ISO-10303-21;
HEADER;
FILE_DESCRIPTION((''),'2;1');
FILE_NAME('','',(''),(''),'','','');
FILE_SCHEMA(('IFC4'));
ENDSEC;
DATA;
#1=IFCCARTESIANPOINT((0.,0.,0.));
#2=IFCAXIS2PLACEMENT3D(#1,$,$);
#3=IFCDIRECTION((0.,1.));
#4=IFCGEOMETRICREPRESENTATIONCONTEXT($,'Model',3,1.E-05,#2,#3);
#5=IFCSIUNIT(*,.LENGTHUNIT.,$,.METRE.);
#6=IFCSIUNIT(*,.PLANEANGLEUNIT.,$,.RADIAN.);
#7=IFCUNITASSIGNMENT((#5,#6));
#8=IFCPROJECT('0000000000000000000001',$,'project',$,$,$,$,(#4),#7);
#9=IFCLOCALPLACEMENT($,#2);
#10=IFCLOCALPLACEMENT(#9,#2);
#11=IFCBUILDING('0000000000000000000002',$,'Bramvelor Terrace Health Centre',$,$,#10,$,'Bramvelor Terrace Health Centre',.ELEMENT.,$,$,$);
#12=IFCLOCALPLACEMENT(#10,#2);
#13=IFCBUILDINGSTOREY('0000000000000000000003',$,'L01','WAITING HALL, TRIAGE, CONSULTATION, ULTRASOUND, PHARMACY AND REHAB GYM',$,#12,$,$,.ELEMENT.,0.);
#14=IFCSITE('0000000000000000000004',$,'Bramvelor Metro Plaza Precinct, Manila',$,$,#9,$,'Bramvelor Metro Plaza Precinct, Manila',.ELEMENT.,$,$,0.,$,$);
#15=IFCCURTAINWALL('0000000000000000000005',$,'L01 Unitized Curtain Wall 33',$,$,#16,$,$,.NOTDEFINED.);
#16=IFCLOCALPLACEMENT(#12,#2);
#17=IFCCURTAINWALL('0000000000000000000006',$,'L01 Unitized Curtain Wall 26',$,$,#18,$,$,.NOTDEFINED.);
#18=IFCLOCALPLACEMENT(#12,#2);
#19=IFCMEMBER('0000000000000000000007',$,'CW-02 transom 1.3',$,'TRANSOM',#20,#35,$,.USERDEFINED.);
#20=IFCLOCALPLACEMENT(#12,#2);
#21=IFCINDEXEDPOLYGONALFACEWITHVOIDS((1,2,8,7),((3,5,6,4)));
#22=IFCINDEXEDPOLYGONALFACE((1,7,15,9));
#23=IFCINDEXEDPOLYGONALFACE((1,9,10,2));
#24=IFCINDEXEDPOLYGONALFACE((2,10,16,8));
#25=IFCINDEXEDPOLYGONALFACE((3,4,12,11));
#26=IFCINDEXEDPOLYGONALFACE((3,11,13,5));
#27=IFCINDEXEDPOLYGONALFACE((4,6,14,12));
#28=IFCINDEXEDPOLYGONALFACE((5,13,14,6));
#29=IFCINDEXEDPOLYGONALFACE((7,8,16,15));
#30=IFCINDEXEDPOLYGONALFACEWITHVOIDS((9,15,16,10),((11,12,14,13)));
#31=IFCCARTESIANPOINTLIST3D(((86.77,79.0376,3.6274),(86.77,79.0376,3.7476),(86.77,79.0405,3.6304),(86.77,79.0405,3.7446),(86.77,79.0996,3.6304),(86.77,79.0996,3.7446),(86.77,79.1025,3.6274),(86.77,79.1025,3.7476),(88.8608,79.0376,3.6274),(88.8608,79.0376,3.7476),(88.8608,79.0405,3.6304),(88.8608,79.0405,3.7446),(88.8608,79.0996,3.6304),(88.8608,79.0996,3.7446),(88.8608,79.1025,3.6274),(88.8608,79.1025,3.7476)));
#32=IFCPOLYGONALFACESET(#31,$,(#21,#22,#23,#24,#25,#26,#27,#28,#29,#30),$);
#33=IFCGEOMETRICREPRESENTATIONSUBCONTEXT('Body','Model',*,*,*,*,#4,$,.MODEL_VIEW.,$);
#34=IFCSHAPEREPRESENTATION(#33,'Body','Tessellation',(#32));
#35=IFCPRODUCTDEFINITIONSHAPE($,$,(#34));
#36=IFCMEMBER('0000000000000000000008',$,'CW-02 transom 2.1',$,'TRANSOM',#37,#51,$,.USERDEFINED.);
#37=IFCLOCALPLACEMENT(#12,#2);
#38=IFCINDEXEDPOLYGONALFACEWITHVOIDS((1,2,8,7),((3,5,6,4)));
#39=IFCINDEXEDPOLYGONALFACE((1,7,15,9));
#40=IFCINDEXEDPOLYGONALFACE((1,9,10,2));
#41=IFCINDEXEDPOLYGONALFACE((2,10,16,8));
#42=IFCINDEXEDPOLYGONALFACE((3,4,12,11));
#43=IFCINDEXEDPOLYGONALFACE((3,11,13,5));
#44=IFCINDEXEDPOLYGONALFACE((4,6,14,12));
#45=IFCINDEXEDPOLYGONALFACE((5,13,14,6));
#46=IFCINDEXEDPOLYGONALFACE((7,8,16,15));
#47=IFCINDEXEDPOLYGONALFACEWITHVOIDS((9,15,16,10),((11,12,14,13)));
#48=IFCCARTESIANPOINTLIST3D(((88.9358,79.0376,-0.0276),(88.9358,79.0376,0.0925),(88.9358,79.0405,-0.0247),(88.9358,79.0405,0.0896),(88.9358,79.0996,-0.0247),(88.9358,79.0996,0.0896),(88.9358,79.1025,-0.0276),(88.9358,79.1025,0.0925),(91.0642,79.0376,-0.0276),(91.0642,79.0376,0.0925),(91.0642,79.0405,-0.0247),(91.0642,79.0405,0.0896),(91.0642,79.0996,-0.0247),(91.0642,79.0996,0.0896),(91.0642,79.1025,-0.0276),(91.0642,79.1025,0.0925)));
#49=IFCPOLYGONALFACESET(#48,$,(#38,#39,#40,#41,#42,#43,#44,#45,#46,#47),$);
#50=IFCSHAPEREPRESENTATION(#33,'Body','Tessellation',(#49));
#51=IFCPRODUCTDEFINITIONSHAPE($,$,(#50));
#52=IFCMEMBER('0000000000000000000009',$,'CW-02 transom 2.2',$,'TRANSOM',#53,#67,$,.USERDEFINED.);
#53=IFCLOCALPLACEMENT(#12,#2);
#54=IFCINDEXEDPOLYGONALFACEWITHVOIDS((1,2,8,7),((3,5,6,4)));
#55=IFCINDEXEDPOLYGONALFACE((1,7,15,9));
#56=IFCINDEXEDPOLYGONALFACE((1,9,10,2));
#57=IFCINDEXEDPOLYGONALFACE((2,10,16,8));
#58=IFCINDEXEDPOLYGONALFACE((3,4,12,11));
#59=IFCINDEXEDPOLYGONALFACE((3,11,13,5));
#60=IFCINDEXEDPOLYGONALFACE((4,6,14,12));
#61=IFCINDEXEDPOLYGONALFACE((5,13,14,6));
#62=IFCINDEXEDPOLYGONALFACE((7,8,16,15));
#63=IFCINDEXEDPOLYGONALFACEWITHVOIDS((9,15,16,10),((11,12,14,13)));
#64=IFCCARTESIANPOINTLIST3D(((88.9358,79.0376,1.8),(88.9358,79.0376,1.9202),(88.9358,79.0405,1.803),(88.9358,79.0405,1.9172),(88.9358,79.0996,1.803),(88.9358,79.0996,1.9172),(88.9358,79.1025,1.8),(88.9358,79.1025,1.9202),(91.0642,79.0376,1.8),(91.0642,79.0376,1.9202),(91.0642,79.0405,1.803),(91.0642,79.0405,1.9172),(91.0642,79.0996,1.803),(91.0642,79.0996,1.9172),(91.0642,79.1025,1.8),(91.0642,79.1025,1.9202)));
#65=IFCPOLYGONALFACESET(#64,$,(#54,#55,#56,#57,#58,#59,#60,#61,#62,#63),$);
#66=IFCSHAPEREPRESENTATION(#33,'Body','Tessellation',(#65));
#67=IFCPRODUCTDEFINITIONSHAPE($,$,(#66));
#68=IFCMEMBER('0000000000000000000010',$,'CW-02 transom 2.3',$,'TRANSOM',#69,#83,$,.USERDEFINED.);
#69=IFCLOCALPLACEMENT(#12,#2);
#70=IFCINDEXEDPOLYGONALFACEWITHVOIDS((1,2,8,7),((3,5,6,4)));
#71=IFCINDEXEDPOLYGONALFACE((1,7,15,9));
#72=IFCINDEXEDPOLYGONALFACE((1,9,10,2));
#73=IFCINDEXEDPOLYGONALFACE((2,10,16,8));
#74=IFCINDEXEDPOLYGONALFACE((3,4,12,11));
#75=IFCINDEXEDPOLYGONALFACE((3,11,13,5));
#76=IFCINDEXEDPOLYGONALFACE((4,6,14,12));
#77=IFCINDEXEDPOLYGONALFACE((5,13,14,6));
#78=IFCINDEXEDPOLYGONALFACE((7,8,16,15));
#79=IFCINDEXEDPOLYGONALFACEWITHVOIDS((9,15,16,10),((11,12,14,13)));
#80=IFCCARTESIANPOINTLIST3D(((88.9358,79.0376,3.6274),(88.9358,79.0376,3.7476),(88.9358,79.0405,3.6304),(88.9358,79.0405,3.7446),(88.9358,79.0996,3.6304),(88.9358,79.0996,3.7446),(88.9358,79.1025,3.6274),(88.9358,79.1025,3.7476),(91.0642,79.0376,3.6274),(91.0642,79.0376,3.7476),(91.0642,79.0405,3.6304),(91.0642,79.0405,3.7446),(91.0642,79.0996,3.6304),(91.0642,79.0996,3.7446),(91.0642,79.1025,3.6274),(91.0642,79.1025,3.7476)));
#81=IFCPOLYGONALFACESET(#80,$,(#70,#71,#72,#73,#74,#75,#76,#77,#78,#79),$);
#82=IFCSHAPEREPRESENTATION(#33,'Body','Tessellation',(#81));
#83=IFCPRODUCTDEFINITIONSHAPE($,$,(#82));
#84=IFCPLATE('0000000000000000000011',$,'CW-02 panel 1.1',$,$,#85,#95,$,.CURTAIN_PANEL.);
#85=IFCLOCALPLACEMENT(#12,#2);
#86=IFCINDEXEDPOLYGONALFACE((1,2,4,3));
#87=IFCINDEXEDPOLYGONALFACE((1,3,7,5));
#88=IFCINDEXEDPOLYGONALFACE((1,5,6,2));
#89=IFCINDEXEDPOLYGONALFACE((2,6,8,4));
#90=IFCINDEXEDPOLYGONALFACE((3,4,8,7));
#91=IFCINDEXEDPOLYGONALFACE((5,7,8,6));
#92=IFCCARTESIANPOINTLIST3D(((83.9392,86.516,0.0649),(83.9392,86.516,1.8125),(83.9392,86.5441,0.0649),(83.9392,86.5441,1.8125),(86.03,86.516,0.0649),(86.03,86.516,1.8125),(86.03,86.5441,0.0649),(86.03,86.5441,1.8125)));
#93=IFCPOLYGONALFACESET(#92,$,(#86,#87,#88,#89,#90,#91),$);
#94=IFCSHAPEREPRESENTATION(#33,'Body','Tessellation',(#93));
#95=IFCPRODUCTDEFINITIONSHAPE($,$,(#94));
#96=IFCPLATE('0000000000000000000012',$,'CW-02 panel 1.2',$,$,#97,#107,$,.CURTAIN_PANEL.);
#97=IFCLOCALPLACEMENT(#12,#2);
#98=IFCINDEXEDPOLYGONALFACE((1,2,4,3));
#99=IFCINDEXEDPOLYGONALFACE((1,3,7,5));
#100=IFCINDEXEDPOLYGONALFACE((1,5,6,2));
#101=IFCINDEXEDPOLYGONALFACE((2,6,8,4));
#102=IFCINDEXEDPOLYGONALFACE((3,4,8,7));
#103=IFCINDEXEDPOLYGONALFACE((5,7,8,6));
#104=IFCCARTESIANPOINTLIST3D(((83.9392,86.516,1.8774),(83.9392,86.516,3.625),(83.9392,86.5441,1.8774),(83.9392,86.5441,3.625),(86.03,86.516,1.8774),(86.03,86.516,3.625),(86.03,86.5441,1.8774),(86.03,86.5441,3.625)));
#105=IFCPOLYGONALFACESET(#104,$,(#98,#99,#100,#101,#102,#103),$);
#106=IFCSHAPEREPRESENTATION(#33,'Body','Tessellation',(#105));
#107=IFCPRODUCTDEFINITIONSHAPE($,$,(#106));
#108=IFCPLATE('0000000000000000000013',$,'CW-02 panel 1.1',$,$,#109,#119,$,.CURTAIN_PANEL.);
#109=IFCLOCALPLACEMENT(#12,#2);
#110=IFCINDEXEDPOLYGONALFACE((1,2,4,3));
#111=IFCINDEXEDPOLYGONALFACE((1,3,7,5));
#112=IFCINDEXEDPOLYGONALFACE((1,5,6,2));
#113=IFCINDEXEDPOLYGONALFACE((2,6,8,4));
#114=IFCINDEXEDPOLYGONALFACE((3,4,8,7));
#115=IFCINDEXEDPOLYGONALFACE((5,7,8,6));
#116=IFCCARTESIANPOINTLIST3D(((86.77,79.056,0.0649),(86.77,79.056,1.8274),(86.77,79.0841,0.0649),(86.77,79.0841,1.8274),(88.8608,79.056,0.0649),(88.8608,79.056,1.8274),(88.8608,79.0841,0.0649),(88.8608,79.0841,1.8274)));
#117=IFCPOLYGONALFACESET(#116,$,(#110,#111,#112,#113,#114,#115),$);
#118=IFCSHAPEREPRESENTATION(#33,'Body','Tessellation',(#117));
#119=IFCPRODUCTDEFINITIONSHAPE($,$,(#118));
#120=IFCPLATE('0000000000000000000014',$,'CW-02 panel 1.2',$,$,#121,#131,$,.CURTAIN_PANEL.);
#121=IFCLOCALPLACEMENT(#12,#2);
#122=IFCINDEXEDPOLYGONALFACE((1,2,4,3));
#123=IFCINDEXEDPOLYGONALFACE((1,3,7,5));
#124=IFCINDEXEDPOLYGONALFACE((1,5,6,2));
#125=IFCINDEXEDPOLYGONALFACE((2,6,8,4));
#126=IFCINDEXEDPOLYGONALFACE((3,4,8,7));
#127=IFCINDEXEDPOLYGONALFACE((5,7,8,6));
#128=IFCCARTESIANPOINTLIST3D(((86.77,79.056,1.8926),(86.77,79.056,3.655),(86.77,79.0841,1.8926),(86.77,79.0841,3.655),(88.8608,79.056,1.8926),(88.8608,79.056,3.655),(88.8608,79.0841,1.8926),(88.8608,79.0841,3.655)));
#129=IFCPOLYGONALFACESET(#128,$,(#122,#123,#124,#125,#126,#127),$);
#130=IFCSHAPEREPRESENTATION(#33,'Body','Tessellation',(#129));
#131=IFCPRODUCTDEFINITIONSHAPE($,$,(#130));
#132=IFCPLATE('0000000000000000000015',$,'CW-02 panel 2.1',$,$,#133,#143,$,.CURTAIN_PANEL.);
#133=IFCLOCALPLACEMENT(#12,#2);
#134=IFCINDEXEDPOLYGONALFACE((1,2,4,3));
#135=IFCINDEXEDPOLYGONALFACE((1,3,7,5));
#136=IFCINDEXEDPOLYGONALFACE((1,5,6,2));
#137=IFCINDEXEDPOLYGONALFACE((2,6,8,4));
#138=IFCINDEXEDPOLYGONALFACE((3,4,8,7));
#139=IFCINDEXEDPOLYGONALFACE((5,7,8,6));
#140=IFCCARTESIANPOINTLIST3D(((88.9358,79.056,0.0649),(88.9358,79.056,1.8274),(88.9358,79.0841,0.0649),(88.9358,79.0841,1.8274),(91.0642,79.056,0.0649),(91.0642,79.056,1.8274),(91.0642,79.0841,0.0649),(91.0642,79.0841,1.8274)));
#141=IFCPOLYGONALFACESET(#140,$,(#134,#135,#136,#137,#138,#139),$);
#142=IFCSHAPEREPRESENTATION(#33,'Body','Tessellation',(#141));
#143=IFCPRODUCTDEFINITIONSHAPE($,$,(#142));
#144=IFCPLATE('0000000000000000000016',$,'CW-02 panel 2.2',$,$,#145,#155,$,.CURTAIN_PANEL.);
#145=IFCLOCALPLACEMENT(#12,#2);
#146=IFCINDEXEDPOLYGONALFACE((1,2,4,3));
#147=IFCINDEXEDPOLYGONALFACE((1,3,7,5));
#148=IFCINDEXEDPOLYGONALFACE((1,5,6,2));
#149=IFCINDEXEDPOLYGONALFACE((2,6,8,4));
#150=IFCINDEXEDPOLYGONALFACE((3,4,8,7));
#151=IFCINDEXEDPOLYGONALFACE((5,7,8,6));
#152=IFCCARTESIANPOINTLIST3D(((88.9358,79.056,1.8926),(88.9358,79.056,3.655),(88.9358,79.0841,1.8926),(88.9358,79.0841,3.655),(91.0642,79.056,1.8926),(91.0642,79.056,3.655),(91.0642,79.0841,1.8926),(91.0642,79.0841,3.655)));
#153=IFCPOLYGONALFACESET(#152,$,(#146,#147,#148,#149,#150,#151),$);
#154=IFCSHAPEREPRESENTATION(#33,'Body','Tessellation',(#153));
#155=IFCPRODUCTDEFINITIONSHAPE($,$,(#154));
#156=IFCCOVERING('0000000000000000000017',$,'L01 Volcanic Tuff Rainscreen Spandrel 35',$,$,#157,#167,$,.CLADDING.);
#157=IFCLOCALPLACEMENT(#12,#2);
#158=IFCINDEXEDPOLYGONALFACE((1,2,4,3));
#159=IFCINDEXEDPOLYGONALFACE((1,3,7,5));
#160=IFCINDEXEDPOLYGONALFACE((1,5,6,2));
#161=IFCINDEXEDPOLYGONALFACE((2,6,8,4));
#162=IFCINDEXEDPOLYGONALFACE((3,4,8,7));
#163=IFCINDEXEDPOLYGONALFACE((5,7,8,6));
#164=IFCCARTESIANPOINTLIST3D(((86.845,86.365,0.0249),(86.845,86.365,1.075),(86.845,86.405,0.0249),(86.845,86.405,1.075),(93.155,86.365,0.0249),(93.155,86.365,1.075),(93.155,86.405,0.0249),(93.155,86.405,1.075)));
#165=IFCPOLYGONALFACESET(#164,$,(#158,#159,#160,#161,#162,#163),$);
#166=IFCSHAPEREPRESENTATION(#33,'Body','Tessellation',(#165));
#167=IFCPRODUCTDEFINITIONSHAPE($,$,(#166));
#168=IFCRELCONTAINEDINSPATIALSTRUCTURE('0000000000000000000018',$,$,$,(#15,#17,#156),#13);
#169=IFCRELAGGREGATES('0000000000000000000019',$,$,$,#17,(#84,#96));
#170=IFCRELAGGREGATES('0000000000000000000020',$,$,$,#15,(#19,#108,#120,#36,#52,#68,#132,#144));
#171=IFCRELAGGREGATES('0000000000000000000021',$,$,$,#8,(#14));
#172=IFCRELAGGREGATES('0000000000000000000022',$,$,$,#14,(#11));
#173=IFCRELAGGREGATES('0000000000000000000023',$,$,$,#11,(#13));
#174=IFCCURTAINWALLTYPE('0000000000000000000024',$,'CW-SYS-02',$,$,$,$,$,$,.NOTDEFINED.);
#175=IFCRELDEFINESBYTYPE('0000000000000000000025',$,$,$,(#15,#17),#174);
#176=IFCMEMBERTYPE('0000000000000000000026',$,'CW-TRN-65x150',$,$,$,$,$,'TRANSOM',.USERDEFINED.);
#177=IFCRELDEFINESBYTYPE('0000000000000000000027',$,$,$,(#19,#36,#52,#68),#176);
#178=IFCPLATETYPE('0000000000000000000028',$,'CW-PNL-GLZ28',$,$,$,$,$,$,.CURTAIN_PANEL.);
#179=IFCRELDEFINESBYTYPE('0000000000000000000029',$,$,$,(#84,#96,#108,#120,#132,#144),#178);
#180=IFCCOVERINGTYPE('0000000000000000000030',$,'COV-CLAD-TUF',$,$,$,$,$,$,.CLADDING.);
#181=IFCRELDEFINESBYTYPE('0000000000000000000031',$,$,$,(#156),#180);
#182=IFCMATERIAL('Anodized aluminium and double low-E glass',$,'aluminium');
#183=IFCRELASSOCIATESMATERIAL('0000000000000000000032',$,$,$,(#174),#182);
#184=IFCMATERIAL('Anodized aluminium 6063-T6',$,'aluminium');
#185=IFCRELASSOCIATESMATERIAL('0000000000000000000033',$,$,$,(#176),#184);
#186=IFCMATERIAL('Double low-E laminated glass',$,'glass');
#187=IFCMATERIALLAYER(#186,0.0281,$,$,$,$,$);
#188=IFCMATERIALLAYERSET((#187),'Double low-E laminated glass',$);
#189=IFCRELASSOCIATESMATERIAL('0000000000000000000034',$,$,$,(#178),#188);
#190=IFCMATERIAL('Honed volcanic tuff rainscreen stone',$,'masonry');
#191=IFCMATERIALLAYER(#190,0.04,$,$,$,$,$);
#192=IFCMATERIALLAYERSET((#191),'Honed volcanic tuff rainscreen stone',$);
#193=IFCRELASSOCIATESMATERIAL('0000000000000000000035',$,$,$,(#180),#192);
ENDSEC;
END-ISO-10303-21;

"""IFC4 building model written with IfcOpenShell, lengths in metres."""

from ifc_helpers import new_model, si_unit, direction, frame, origin, origin_2d, place, context, subcontext, project, spatial, rectangle, hollow_rectangle, extrude, material, layer, layer_set, material_profile, profile_set, type_object, element, aggregate, save


model = new_model("IFC4")

# Units and contexts
model_context = context("Model", 3, precision=1e-05, world=origin(), true_north=direction((0.0, 1.0)))
body_context = subcontext(model_context, "Body", "Model", "MODEL_VIEW")
ifc_project = project(units=[si_unit("LENGTHUNIT", "METRE"), si_unit("PLANEANGLEUNIT", "RADIAN")], contexts=[model_context])

# Site, building, storey
site_placement = place(None, origin())
site = spatial("IfcSite", under=ifc_project, at=site_placement, Name="Bramvelor Metro Plaza Precinct, Manila", LongName="Bramvelor Metro Plaza Precinct, Manila", CompositionType="ELEMENT", RefElevation=0.0)
building_placement = place(site_placement, origin())
building = spatial("IfcBuilding", under=site, at=building_placement, Name="Bramvelor Terrace Health Centre", LongName="Bramvelor Terrace Health Centre", CompositionType="ELEMENT")
storey_placement = place(building_placement, origin())
storey = spatial("IfcBuildingStorey", under=building, at=storey_placement, Name="L01", Description="WAITING HALL, TRIAGE, CONSULTATION, ULTRASOUND, PHARMACY AND REHAB GYM", CompositionType="ELEMENT", Elevation=0.0)

# Curtain walls
ifc_material_1 = material(Name="Anodized aluminium and double low-E glass", Category="aluminium")
curtain_wall_type = type_object("IfcCurtainWallType", Name="CW-SYS-02", PredefinedType="NOTDEFINED", material=ifc_material_1)
curtain_wall_1_placement = place(storey_placement, origin())
curtain_wall_1 = element("IfcCurtainWall", 1, at=curtain_wall_1_placement, inside=storey, type_object=curtain_wall_type, Name="L01 Unitized Curtain Wall 33", PredefinedType="NOTDEFINED")
curtain_wall_2_placement = place(storey_placement, origin())
curtain_wall_2 = element("IfcCurtainWall", 2, at=curtain_wall_2_placement, inside=storey, type_object=curtain_wall_type, Name="L01 Unitized Curtain Wall 26", PredefinedType="NOTDEFINED")
ifc_material_2 = material(Name="Anodized aluminium 6063-T6", Category="aluminium")
ifc_material_profile_1 = material_profile(ifc_material_2, hollow_rectangle(XDim=0.0649, YDim=0.1201, WallThickness=0.0029, at=origin_2d()), Name="ALU-TRN 65x120x3.0")
ifc_profile_set_1 = profile_set([ifc_material_profile_1], Name="Anodized aluminium 6063-T6")
member_type_1 = type_object("IfcMemberType", Name="CW-TRN-65x150", ElementType="TRANSOM", PredefinedType="USERDEFINED", material=ifc_profile_set_1)

# Members
member_1_placement = place(storey_placement, frame((86.77, 79.0701, 3.6875), z_axis=(1.0, 0.0, 0.0), x_axis=(0.0, 1.0, 0.0)))
member_1 = element("IfcMember", 3, at=member_1_placement, type_object=member_type_1, Name="CW-02 transom 1.3", ObjectType="TRANSOM", PredefinedType="USERDEFINED", context=body_context, shape_type="SweptSolid", body=[
    extrude(hollow_rectangle(XDim=0.0649, YDim=0.1201, WallThickness=0.0029, at=origin_2d()), origin(), (0.0, 0.0, 1.0), 2.0908),
])
member_2_placement = place(storey_placement, frame((88.9358, 79.0701, 0.0325), z_axis=(1.0, 0.0, 0.0), x_axis=(0.0, 1.0, 0.0)))
member_2 = element("IfcMember", 4, at=member_2_placement, type_object=member_type_1, Name="CW-02 transom 2.1", ObjectType="TRANSOM", PredefinedType="USERDEFINED", context=body_context, shape_type="SweptSolid", body=[
    extrude(hollow_rectangle(XDim=0.0649, YDim=0.1201, WallThickness=0.0029, at=origin_2d()), origin(), (0.0, 0.0, 1.0), 2.1284),
])
member_3_placement = place(storey_placement, frame((88.9358, 79.0701, 1.8601), z_axis=(1.0, 0.0, 0.0), x_axis=(0.0, 1.0, 0.0)))
member_3 = element("IfcMember", 5, at=member_3_placement, type_object=member_type_1, Name="CW-02 transom 2.2", ObjectType="TRANSOM", PredefinedType="USERDEFINED", context=body_context, shape_type="SweptSolid", body=[
    extrude(hollow_rectangle(XDim=0.0649, YDim=0.1201, WallThickness=0.0029, at=origin_2d()), origin(), (0.0, 0.0, 1.0), 2.1284),
])
member_4_placement = place(storey_placement, frame((88.9358, 79.0701, 3.6875), z_axis=(1.0, 0.0, 0.0), x_axis=(0.0, 1.0, 0.0)))
member_4 = element("IfcMember", 6, at=member_4_placement, type_object=member_type_1, Name="CW-02 transom 2.3", ObjectType="TRANSOM", PredefinedType="USERDEFINED", context=body_context, shape_type="SweptSolid", body=[
    extrude(hollow_rectangle(XDim=0.0649, YDim=0.1201, WallThickness=0.0029, at=origin_2d()), origin(), (0.0, 0.0, 1.0), 2.1284),
])

# Plates
ifc_material_3 = material(Name="Double low-E laminated glass", Category="glass")
ifc_layer_1 = layer(ifc_material_3, 0.0281)
ifc_layer_set_1 = layer_set([ifc_layer_1], Name="Double low-E laminated glass")
plate_type = type_object("IfcPlateType", Name="CW-PNL-GLZ28", PredefinedType="CURTAIN_PANEL", material=ifc_layer_set_1)
plate_1_placement = place(storey_placement, frame((84.9846, 86.53, 0.0649), z_axis=(0.0, 0.0, 1.0), x_axis=(-1.0, 0.0, 0.0)))
plate_1 = element("IfcPlate", 7, at=plate_1_placement, type_object=plate_type, Name="CW-02 panel 1.1", PredefinedType="CURTAIN_PANEL", context=body_context, shape_type="SweptSolid", body=[
    extrude(rectangle(XDim=2.0908, YDim=0.0281, at=origin_2d()), origin(), (0.0, 0.0, 1.0), 1.7476),
])
plate_2_placement = place(storey_placement, frame((84.9846, 86.53, 1.8774), z_axis=(0.0, 0.0, 1.0), x_axis=(-1.0, 0.0, 0.0)))
plate_2 = element("IfcPlate", 8, at=plate_2_placement, type_object=plate_type, Name="CW-02 panel 1.2", PredefinedType="CURTAIN_PANEL", context=body_context, shape_type="SweptSolid", body=[
    extrude(rectangle(XDim=2.0908, YDim=0.0281, at=origin_2d()), origin(), (0.0, 0.0, 1.0), 1.7476),
])
aggregate(curtain_wall_2, [plate_1, plate_2])
plate_3_placement = place(storey_placement, frame((87.8154, 79.0701, 0.0649), z_axis=(0.0, 0.0, 1.0), x_axis=(1.0, 0.0, 0.0)))
plate_3 = element("IfcPlate", 9, at=plate_3_placement, type_object=plate_type, Name="CW-02 panel 1.1", PredefinedType="CURTAIN_PANEL", context=body_context, shape_type="SweptSolid", body=[
    extrude(rectangle(XDim=2.0908, YDim=0.0281, at=origin_2d()), origin(), (0.0, 0.0, 1.0), 1.7625),
])
plate_4_placement = place(storey_placement, frame((87.8154, 79.0701, 1.8926), z_axis=(0.0, 0.0, 1.0), x_axis=(1.0, 0.0, 0.0)))
plate_4 = element("IfcPlate", 10, at=plate_4_placement, type_object=plate_type, Name="CW-02 panel 1.2", PredefinedType="CURTAIN_PANEL", context=body_context, shape_type="SweptSolid", body=[
    extrude(rectangle(XDim=2.0908, YDim=0.0281, at=origin_2d()), origin(), (0.0, 0.0, 1.0), 1.7625),
])
plate_5_placement = place(storey_placement, frame((90.0, 79.0701, 0.0649), z_axis=(0.0, 0.0, 1.0), x_axis=(1.0, 0.0, 0.0)))
plate_5 = element("IfcPlate", 11, at=plate_5_placement, type_object=plate_type, Name="CW-02 panel 2.1", PredefinedType="CURTAIN_PANEL", context=body_context, shape_type="SweptSolid", body=[
    extrude(rectangle(XDim=2.1284, YDim=0.0281, at=origin_2d()), origin(), (0.0, 0.0, 1.0), 1.7625),
])
plate_6_placement = place(storey_placement, frame((90.0, 79.0701, 1.8926), z_axis=(0.0, 0.0, 1.0), x_axis=(1.0, 0.0, 0.0)))
plate_6 = element("IfcPlate", 12, at=plate_6_placement, type_object=plate_type, Name="CW-02 panel 2.2", PredefinedType="CURTAIN_PANEL", context=body_context, shape_type="SweptSolid", body=[
    extrude(rectangle(XDim=2.1284, YDim=0.0281, at=origin_2d()), origin(), (0.0, 0.0, 1.0), 1.7625),
])
aggregate(curtain_wall_1, [member_1, plate_3, plate_4, member_2, member_3, member_4, plate_5, plate_6])

# Covering
ifc_material_4 = material(Name="Honed volcanic tuff rainscreen stone", Category="masonry")
ifc_layer_2 = layer(ifc_material_4, 0.04)
ifc_layer_set_2 = layer_set([ifc_layer_2], Name="Honed volcanic tuff rainscreen stone")
covering_type = type_object("IfcCoveringType", Name="COV-CLAD-TUF", PredefinedType="CLADDING", material=ifc_layer_set_2)
covering_placement = place(storey_placement, frame((90.0, 86.385, 0.0249), z_axis=(0.0, 0.0, 1.0), x_axis=(1.0, 0.0, 0.0)))
element("IfcCovering", 13, at=covering_placement, inside=storey, type_object=covering_type, Name="L01 Volcanic Tuff Rainscreen Spandrel 35", PredefinedType="CLADDING", context=body_context, shape_type="SweptSolid", body=[
    extrude(rectangle(XDim=6.3101, YDim=0.04, at=origin_2d()), origin(), (0.0, 0.0, 1.0), 1.05),
])

save(model, "model.ifc")
